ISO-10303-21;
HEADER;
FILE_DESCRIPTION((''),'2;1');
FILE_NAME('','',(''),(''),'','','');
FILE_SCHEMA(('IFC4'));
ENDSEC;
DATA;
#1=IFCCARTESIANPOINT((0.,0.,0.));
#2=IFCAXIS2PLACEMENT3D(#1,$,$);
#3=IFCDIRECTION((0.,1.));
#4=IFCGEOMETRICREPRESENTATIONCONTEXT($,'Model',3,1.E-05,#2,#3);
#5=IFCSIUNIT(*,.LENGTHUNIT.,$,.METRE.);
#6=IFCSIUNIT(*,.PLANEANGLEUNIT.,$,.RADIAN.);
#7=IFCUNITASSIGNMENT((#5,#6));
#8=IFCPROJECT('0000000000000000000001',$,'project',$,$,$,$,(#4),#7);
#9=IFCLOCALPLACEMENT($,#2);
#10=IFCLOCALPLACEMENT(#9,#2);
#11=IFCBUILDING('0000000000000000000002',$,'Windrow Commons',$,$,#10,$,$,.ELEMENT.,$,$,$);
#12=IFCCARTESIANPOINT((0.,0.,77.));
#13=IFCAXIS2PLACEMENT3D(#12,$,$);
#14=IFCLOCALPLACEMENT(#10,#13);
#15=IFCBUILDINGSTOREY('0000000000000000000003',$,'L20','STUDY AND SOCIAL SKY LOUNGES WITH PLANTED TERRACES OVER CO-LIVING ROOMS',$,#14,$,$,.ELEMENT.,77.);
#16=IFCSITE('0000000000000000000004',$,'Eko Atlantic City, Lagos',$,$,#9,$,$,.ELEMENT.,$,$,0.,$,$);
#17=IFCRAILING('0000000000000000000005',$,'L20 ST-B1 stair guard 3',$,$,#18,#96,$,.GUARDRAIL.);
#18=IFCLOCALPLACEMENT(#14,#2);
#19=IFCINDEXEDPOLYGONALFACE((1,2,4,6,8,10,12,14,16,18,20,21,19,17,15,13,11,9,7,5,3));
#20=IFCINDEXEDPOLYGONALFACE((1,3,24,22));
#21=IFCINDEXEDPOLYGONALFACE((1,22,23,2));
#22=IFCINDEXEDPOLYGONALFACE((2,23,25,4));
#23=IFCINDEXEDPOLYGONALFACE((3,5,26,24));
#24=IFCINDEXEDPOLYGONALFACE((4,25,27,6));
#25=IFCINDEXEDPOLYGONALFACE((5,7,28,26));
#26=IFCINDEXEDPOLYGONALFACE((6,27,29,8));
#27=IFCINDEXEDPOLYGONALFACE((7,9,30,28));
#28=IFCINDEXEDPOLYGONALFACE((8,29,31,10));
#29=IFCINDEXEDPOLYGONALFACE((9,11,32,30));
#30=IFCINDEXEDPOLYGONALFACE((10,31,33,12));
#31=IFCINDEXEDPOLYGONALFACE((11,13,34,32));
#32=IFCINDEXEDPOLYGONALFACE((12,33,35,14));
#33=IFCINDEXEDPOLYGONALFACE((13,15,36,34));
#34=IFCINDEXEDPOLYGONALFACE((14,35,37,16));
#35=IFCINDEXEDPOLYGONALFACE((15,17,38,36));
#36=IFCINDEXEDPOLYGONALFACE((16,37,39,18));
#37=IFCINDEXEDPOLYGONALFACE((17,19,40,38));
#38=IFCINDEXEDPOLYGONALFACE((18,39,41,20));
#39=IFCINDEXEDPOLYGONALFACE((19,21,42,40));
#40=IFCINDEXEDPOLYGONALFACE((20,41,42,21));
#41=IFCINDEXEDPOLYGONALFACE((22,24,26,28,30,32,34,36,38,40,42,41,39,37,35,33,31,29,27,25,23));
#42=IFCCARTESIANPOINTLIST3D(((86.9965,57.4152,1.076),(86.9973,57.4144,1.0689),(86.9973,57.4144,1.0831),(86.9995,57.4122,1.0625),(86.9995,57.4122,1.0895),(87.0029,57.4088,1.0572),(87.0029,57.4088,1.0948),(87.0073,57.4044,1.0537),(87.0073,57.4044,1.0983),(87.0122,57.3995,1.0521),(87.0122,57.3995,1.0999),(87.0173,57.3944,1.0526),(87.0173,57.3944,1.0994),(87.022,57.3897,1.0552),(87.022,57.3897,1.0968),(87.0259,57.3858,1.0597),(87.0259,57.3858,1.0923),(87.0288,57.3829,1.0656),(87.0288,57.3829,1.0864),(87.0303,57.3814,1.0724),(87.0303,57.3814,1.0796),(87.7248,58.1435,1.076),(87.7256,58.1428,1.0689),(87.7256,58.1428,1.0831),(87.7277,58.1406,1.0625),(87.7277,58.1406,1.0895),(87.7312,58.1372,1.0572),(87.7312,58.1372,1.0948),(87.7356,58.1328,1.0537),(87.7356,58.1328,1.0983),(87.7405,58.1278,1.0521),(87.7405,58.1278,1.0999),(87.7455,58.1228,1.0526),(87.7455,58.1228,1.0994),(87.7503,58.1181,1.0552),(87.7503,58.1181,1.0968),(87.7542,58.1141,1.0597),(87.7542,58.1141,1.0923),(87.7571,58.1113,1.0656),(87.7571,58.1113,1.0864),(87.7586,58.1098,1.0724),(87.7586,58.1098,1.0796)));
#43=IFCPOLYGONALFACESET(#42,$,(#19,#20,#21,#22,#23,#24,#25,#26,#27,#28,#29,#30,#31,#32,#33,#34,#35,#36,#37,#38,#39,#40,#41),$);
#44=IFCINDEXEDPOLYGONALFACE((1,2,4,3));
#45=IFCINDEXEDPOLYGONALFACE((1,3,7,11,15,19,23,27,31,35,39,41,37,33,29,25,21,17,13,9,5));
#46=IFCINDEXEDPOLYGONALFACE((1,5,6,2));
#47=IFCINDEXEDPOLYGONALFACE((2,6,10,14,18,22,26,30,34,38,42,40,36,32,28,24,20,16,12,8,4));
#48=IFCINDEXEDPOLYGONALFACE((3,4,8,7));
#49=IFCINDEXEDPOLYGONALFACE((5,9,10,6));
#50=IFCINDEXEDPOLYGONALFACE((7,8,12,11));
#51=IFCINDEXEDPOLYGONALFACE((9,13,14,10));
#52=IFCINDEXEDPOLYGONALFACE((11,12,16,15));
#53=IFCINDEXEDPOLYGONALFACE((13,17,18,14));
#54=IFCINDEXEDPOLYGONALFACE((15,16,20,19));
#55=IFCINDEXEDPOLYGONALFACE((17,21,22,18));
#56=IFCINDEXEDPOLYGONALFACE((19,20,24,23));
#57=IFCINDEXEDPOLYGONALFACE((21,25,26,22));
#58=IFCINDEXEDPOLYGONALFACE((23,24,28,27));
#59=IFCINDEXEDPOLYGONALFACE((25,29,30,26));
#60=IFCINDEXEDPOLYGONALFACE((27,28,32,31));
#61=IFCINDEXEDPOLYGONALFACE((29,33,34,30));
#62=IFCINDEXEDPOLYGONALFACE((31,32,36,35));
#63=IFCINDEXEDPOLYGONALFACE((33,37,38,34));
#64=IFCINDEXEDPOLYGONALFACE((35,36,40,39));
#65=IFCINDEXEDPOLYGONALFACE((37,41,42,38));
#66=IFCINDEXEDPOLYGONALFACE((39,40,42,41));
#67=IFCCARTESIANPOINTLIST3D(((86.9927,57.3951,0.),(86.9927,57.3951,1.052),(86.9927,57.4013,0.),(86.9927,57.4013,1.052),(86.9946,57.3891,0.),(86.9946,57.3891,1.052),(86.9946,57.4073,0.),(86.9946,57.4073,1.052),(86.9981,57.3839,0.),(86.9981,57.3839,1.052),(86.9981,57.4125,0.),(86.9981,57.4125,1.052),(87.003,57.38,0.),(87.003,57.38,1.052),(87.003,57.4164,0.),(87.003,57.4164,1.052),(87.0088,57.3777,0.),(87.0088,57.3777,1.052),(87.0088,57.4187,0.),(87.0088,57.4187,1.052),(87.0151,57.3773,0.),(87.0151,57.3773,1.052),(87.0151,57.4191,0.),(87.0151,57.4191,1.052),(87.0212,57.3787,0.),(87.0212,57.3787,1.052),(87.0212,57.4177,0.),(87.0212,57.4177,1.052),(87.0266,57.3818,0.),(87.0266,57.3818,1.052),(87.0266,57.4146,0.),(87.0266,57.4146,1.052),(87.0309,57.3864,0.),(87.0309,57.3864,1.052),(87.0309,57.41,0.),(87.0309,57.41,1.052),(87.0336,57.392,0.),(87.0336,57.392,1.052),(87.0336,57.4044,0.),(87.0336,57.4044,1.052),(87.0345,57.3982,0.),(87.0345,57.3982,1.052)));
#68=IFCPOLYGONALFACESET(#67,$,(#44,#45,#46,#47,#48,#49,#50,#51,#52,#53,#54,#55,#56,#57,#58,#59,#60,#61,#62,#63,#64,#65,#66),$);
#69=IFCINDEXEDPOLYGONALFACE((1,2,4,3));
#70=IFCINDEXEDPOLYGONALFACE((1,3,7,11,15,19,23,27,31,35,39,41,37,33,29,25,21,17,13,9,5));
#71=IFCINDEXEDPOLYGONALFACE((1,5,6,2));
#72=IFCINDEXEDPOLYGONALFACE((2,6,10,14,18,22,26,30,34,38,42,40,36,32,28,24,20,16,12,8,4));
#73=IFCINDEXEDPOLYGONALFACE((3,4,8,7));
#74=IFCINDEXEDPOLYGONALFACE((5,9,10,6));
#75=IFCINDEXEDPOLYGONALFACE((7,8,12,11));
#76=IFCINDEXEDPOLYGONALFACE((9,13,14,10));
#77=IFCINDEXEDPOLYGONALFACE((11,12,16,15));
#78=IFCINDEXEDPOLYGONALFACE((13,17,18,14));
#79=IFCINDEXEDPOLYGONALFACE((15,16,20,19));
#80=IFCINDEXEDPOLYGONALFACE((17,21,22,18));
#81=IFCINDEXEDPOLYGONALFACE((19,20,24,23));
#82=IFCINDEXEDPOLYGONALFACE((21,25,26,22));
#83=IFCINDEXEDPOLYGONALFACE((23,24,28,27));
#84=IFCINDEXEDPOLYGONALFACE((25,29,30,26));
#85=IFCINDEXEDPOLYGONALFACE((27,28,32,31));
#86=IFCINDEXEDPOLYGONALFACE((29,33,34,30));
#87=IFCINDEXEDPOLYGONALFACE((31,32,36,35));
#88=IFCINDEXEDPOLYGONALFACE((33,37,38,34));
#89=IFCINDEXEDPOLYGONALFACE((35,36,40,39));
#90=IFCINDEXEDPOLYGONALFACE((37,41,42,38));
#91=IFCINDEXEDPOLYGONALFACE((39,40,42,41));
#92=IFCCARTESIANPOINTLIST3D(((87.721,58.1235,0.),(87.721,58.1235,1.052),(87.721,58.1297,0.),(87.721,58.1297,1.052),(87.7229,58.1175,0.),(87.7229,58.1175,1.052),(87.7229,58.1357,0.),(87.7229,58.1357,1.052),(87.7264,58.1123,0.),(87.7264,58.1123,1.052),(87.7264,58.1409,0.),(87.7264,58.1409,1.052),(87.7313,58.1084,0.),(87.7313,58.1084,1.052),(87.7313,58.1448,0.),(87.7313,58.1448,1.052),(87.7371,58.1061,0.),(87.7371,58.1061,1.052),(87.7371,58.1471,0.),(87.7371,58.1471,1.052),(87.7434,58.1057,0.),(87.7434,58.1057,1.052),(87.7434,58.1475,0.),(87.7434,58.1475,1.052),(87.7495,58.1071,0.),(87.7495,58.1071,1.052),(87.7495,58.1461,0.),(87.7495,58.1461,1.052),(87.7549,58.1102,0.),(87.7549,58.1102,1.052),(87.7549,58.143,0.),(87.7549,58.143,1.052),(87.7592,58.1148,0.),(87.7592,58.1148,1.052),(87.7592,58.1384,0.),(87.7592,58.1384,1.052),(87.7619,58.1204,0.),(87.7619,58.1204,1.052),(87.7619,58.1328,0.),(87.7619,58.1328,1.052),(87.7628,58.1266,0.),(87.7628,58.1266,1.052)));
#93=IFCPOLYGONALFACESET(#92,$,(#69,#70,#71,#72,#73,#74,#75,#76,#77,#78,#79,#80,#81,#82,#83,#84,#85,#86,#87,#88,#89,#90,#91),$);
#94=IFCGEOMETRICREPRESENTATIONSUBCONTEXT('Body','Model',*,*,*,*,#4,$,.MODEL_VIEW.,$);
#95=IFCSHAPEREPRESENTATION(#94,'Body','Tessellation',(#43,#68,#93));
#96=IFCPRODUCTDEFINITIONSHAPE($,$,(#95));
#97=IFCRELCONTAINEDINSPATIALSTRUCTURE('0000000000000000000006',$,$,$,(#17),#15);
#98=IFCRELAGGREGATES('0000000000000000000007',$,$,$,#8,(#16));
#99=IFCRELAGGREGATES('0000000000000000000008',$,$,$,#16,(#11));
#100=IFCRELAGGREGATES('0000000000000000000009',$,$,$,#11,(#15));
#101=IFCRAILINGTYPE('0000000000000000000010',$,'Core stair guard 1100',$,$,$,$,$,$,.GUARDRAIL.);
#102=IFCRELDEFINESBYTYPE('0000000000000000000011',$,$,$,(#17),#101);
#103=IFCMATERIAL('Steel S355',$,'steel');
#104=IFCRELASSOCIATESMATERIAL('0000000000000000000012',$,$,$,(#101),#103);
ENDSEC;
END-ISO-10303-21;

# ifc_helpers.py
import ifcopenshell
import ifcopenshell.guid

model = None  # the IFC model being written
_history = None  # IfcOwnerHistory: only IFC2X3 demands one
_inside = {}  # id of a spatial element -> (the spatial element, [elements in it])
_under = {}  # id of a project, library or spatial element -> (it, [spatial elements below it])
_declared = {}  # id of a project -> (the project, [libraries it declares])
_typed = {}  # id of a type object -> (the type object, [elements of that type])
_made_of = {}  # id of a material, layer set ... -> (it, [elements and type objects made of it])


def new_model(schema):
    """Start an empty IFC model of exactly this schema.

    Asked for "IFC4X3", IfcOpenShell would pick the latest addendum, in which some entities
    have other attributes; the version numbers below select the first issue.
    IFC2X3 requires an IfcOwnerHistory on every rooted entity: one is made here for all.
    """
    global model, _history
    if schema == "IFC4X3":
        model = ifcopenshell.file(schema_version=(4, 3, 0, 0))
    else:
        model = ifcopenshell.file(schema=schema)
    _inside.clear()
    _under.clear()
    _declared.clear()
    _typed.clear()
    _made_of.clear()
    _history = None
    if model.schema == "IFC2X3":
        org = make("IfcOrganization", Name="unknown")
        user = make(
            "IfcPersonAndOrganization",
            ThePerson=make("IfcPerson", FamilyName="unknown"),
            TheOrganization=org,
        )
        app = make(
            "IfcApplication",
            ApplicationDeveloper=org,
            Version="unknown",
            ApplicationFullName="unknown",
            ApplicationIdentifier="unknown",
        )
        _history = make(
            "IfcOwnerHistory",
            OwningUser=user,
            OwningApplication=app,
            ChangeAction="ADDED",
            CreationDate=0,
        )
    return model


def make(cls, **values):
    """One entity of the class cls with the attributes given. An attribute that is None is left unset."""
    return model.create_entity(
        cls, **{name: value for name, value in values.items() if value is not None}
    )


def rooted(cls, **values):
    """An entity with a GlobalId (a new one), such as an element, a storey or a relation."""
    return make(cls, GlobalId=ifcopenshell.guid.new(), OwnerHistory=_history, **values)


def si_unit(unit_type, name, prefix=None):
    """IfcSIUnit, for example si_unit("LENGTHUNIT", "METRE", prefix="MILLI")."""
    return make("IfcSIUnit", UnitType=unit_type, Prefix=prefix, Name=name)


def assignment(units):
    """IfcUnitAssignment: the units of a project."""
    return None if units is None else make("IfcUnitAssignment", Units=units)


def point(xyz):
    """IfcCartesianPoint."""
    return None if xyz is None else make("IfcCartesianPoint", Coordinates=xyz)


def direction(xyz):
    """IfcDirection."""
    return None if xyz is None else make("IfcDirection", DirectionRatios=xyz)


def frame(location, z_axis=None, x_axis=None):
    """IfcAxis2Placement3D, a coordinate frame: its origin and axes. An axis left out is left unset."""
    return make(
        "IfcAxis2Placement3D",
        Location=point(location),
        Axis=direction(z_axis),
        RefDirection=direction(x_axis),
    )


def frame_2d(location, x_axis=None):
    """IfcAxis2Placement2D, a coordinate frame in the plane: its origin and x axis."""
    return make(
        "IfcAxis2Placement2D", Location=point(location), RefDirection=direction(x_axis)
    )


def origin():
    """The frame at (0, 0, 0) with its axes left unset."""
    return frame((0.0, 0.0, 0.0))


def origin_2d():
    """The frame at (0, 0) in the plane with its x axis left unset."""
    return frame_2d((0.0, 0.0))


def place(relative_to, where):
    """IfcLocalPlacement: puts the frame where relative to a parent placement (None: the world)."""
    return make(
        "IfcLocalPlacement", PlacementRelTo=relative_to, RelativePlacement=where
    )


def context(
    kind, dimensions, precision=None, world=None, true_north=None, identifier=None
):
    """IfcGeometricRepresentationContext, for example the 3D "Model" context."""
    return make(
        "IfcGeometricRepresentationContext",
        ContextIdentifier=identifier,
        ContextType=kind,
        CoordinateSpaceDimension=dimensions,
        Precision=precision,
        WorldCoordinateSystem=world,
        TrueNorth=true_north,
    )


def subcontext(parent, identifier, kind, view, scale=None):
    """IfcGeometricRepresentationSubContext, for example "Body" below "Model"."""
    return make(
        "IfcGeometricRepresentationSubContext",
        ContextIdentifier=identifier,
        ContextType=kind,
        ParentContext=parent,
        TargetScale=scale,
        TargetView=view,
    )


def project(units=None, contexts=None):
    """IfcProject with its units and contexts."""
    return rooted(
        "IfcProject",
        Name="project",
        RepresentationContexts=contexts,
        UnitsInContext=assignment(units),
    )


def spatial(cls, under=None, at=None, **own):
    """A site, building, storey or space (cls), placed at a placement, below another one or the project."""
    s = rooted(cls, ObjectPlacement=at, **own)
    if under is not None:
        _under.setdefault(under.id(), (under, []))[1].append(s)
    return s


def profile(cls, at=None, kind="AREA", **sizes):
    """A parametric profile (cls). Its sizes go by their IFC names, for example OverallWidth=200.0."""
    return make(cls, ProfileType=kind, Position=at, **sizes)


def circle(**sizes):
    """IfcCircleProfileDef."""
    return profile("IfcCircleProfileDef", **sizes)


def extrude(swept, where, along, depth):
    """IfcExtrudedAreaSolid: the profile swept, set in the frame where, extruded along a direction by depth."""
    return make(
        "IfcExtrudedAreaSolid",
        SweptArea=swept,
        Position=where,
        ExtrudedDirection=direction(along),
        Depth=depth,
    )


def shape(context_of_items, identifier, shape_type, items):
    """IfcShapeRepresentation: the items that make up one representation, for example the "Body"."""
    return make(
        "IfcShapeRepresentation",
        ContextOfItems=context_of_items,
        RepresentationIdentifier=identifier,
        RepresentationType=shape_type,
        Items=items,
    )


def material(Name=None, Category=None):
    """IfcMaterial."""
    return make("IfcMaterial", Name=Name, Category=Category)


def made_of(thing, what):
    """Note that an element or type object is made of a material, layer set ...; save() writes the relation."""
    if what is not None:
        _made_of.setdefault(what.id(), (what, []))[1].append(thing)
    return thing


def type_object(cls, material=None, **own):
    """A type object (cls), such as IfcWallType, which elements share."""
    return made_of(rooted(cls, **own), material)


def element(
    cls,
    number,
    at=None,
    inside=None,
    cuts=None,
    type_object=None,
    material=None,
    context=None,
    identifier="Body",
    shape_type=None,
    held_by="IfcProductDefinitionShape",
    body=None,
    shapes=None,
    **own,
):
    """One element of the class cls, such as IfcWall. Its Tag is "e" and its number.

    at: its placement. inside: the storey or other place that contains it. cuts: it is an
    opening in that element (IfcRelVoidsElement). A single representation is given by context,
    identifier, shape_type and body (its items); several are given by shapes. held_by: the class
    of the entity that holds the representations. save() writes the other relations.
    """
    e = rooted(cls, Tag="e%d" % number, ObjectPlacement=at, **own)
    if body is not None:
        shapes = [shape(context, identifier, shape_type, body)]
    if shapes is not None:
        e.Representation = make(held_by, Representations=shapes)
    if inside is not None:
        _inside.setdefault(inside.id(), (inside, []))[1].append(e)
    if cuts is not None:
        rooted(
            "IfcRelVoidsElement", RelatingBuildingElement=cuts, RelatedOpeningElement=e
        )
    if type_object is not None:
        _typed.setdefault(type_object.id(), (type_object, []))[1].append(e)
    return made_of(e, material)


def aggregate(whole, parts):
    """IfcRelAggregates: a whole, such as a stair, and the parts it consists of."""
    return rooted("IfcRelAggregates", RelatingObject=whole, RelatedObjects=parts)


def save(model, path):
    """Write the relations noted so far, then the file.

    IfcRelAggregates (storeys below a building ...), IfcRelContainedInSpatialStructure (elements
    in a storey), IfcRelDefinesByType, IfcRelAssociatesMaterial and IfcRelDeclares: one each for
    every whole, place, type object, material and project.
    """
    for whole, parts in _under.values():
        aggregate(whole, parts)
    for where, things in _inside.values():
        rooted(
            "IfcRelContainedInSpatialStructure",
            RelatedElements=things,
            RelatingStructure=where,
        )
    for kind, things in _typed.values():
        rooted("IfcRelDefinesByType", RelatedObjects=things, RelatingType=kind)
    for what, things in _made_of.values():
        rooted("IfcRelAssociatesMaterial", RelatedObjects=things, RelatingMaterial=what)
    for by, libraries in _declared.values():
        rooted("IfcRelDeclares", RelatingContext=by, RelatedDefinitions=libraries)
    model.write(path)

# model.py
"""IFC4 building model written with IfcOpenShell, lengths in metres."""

from ifc_helpers import new_model, si_unit, direction, frame, origin, origin_2d, place, context, subcontext, project, spatial, circle, extrude, material, type_object, element, save


model = new_model("IFC4")

# Units and contexts
model_context = context("Model", 3, precision=1e-05, world=origin(), true_north=direction((0.0, 1.0)))
body_context = subcontext(model_context, "Body", "Model", "MODEL_VIEW")
ifc_project = project(units=[si_unit("LENGTHUNIT", "METRE"), si_unit("PLANEANGLEUNIT", "RADIAN")], contexts=[model_context])

# Site, building, storey
site_placement = place(None, origin())
site = spatial("IfcSite", under=ifc_project, at=site_placement, Name="Eko Atlantic City, Lagos", CompositionType="ELEMENT", RefElevation=0.0)
building_placement = place(site_placement, origin())
building = spatial("IfcBuilding", under=site, at=building_placement, Name="Windrow Commons", CompositionType="ELEMENT")
storey_placement = place(building_placement, frame((0.0, 0.0, 77.0)))
storey = spatial("IfcBuildingStorey", under=building, at=storey_placement, Name="L20", Description="STUDY AND SOCIAL SKY LOUNGES WITH PLANTED TERRACES OVER CO-LIVING ROOMS", CompositionType="ELEMENT", Elevation=77.0)

# Railing
ifc_material_1 = material(Name="Steel S355", Category="steel")
railing_type_1 = type_object("IfcRailingType", Name="Core stair guard 1100", PredefinedType="GUARDRAIL", material=ifc_material_1)
railing_1_placement = place(storey_placement, frame((87.0135, 57.3982, 0.0)))
element("IfcRailing", 1, at=railing_1_placement, inside=storey, type_object=railing_type_1, Name="L20 ST-B1 stair guard 3", PredefinedType="GUARDRAIL", context=body_context, shape_type="SweptSolid", body=[
    extrude(circle(Radius=0.024, at=origin_2d()), frame((0.0, 0.0, 1.076), z_axis=(0.707058, 0.707155, 0.0), x_axis=(-0.707155, 0.707058, 0.0)), (0.0, 0.0, 1.0), 1.03),
    extrude(circle(Radius=0.021, at=origin_2d()), origin(), (0.0, 0.0, 1.0), 1.052),
    extrude(circle(Radius=0.021, at=origin_2d()), frame((0.7283, 0.7284, 0.0)), (0.0, 0.0, 1.0), 1.052),
])

save(model, "model.ifc")
